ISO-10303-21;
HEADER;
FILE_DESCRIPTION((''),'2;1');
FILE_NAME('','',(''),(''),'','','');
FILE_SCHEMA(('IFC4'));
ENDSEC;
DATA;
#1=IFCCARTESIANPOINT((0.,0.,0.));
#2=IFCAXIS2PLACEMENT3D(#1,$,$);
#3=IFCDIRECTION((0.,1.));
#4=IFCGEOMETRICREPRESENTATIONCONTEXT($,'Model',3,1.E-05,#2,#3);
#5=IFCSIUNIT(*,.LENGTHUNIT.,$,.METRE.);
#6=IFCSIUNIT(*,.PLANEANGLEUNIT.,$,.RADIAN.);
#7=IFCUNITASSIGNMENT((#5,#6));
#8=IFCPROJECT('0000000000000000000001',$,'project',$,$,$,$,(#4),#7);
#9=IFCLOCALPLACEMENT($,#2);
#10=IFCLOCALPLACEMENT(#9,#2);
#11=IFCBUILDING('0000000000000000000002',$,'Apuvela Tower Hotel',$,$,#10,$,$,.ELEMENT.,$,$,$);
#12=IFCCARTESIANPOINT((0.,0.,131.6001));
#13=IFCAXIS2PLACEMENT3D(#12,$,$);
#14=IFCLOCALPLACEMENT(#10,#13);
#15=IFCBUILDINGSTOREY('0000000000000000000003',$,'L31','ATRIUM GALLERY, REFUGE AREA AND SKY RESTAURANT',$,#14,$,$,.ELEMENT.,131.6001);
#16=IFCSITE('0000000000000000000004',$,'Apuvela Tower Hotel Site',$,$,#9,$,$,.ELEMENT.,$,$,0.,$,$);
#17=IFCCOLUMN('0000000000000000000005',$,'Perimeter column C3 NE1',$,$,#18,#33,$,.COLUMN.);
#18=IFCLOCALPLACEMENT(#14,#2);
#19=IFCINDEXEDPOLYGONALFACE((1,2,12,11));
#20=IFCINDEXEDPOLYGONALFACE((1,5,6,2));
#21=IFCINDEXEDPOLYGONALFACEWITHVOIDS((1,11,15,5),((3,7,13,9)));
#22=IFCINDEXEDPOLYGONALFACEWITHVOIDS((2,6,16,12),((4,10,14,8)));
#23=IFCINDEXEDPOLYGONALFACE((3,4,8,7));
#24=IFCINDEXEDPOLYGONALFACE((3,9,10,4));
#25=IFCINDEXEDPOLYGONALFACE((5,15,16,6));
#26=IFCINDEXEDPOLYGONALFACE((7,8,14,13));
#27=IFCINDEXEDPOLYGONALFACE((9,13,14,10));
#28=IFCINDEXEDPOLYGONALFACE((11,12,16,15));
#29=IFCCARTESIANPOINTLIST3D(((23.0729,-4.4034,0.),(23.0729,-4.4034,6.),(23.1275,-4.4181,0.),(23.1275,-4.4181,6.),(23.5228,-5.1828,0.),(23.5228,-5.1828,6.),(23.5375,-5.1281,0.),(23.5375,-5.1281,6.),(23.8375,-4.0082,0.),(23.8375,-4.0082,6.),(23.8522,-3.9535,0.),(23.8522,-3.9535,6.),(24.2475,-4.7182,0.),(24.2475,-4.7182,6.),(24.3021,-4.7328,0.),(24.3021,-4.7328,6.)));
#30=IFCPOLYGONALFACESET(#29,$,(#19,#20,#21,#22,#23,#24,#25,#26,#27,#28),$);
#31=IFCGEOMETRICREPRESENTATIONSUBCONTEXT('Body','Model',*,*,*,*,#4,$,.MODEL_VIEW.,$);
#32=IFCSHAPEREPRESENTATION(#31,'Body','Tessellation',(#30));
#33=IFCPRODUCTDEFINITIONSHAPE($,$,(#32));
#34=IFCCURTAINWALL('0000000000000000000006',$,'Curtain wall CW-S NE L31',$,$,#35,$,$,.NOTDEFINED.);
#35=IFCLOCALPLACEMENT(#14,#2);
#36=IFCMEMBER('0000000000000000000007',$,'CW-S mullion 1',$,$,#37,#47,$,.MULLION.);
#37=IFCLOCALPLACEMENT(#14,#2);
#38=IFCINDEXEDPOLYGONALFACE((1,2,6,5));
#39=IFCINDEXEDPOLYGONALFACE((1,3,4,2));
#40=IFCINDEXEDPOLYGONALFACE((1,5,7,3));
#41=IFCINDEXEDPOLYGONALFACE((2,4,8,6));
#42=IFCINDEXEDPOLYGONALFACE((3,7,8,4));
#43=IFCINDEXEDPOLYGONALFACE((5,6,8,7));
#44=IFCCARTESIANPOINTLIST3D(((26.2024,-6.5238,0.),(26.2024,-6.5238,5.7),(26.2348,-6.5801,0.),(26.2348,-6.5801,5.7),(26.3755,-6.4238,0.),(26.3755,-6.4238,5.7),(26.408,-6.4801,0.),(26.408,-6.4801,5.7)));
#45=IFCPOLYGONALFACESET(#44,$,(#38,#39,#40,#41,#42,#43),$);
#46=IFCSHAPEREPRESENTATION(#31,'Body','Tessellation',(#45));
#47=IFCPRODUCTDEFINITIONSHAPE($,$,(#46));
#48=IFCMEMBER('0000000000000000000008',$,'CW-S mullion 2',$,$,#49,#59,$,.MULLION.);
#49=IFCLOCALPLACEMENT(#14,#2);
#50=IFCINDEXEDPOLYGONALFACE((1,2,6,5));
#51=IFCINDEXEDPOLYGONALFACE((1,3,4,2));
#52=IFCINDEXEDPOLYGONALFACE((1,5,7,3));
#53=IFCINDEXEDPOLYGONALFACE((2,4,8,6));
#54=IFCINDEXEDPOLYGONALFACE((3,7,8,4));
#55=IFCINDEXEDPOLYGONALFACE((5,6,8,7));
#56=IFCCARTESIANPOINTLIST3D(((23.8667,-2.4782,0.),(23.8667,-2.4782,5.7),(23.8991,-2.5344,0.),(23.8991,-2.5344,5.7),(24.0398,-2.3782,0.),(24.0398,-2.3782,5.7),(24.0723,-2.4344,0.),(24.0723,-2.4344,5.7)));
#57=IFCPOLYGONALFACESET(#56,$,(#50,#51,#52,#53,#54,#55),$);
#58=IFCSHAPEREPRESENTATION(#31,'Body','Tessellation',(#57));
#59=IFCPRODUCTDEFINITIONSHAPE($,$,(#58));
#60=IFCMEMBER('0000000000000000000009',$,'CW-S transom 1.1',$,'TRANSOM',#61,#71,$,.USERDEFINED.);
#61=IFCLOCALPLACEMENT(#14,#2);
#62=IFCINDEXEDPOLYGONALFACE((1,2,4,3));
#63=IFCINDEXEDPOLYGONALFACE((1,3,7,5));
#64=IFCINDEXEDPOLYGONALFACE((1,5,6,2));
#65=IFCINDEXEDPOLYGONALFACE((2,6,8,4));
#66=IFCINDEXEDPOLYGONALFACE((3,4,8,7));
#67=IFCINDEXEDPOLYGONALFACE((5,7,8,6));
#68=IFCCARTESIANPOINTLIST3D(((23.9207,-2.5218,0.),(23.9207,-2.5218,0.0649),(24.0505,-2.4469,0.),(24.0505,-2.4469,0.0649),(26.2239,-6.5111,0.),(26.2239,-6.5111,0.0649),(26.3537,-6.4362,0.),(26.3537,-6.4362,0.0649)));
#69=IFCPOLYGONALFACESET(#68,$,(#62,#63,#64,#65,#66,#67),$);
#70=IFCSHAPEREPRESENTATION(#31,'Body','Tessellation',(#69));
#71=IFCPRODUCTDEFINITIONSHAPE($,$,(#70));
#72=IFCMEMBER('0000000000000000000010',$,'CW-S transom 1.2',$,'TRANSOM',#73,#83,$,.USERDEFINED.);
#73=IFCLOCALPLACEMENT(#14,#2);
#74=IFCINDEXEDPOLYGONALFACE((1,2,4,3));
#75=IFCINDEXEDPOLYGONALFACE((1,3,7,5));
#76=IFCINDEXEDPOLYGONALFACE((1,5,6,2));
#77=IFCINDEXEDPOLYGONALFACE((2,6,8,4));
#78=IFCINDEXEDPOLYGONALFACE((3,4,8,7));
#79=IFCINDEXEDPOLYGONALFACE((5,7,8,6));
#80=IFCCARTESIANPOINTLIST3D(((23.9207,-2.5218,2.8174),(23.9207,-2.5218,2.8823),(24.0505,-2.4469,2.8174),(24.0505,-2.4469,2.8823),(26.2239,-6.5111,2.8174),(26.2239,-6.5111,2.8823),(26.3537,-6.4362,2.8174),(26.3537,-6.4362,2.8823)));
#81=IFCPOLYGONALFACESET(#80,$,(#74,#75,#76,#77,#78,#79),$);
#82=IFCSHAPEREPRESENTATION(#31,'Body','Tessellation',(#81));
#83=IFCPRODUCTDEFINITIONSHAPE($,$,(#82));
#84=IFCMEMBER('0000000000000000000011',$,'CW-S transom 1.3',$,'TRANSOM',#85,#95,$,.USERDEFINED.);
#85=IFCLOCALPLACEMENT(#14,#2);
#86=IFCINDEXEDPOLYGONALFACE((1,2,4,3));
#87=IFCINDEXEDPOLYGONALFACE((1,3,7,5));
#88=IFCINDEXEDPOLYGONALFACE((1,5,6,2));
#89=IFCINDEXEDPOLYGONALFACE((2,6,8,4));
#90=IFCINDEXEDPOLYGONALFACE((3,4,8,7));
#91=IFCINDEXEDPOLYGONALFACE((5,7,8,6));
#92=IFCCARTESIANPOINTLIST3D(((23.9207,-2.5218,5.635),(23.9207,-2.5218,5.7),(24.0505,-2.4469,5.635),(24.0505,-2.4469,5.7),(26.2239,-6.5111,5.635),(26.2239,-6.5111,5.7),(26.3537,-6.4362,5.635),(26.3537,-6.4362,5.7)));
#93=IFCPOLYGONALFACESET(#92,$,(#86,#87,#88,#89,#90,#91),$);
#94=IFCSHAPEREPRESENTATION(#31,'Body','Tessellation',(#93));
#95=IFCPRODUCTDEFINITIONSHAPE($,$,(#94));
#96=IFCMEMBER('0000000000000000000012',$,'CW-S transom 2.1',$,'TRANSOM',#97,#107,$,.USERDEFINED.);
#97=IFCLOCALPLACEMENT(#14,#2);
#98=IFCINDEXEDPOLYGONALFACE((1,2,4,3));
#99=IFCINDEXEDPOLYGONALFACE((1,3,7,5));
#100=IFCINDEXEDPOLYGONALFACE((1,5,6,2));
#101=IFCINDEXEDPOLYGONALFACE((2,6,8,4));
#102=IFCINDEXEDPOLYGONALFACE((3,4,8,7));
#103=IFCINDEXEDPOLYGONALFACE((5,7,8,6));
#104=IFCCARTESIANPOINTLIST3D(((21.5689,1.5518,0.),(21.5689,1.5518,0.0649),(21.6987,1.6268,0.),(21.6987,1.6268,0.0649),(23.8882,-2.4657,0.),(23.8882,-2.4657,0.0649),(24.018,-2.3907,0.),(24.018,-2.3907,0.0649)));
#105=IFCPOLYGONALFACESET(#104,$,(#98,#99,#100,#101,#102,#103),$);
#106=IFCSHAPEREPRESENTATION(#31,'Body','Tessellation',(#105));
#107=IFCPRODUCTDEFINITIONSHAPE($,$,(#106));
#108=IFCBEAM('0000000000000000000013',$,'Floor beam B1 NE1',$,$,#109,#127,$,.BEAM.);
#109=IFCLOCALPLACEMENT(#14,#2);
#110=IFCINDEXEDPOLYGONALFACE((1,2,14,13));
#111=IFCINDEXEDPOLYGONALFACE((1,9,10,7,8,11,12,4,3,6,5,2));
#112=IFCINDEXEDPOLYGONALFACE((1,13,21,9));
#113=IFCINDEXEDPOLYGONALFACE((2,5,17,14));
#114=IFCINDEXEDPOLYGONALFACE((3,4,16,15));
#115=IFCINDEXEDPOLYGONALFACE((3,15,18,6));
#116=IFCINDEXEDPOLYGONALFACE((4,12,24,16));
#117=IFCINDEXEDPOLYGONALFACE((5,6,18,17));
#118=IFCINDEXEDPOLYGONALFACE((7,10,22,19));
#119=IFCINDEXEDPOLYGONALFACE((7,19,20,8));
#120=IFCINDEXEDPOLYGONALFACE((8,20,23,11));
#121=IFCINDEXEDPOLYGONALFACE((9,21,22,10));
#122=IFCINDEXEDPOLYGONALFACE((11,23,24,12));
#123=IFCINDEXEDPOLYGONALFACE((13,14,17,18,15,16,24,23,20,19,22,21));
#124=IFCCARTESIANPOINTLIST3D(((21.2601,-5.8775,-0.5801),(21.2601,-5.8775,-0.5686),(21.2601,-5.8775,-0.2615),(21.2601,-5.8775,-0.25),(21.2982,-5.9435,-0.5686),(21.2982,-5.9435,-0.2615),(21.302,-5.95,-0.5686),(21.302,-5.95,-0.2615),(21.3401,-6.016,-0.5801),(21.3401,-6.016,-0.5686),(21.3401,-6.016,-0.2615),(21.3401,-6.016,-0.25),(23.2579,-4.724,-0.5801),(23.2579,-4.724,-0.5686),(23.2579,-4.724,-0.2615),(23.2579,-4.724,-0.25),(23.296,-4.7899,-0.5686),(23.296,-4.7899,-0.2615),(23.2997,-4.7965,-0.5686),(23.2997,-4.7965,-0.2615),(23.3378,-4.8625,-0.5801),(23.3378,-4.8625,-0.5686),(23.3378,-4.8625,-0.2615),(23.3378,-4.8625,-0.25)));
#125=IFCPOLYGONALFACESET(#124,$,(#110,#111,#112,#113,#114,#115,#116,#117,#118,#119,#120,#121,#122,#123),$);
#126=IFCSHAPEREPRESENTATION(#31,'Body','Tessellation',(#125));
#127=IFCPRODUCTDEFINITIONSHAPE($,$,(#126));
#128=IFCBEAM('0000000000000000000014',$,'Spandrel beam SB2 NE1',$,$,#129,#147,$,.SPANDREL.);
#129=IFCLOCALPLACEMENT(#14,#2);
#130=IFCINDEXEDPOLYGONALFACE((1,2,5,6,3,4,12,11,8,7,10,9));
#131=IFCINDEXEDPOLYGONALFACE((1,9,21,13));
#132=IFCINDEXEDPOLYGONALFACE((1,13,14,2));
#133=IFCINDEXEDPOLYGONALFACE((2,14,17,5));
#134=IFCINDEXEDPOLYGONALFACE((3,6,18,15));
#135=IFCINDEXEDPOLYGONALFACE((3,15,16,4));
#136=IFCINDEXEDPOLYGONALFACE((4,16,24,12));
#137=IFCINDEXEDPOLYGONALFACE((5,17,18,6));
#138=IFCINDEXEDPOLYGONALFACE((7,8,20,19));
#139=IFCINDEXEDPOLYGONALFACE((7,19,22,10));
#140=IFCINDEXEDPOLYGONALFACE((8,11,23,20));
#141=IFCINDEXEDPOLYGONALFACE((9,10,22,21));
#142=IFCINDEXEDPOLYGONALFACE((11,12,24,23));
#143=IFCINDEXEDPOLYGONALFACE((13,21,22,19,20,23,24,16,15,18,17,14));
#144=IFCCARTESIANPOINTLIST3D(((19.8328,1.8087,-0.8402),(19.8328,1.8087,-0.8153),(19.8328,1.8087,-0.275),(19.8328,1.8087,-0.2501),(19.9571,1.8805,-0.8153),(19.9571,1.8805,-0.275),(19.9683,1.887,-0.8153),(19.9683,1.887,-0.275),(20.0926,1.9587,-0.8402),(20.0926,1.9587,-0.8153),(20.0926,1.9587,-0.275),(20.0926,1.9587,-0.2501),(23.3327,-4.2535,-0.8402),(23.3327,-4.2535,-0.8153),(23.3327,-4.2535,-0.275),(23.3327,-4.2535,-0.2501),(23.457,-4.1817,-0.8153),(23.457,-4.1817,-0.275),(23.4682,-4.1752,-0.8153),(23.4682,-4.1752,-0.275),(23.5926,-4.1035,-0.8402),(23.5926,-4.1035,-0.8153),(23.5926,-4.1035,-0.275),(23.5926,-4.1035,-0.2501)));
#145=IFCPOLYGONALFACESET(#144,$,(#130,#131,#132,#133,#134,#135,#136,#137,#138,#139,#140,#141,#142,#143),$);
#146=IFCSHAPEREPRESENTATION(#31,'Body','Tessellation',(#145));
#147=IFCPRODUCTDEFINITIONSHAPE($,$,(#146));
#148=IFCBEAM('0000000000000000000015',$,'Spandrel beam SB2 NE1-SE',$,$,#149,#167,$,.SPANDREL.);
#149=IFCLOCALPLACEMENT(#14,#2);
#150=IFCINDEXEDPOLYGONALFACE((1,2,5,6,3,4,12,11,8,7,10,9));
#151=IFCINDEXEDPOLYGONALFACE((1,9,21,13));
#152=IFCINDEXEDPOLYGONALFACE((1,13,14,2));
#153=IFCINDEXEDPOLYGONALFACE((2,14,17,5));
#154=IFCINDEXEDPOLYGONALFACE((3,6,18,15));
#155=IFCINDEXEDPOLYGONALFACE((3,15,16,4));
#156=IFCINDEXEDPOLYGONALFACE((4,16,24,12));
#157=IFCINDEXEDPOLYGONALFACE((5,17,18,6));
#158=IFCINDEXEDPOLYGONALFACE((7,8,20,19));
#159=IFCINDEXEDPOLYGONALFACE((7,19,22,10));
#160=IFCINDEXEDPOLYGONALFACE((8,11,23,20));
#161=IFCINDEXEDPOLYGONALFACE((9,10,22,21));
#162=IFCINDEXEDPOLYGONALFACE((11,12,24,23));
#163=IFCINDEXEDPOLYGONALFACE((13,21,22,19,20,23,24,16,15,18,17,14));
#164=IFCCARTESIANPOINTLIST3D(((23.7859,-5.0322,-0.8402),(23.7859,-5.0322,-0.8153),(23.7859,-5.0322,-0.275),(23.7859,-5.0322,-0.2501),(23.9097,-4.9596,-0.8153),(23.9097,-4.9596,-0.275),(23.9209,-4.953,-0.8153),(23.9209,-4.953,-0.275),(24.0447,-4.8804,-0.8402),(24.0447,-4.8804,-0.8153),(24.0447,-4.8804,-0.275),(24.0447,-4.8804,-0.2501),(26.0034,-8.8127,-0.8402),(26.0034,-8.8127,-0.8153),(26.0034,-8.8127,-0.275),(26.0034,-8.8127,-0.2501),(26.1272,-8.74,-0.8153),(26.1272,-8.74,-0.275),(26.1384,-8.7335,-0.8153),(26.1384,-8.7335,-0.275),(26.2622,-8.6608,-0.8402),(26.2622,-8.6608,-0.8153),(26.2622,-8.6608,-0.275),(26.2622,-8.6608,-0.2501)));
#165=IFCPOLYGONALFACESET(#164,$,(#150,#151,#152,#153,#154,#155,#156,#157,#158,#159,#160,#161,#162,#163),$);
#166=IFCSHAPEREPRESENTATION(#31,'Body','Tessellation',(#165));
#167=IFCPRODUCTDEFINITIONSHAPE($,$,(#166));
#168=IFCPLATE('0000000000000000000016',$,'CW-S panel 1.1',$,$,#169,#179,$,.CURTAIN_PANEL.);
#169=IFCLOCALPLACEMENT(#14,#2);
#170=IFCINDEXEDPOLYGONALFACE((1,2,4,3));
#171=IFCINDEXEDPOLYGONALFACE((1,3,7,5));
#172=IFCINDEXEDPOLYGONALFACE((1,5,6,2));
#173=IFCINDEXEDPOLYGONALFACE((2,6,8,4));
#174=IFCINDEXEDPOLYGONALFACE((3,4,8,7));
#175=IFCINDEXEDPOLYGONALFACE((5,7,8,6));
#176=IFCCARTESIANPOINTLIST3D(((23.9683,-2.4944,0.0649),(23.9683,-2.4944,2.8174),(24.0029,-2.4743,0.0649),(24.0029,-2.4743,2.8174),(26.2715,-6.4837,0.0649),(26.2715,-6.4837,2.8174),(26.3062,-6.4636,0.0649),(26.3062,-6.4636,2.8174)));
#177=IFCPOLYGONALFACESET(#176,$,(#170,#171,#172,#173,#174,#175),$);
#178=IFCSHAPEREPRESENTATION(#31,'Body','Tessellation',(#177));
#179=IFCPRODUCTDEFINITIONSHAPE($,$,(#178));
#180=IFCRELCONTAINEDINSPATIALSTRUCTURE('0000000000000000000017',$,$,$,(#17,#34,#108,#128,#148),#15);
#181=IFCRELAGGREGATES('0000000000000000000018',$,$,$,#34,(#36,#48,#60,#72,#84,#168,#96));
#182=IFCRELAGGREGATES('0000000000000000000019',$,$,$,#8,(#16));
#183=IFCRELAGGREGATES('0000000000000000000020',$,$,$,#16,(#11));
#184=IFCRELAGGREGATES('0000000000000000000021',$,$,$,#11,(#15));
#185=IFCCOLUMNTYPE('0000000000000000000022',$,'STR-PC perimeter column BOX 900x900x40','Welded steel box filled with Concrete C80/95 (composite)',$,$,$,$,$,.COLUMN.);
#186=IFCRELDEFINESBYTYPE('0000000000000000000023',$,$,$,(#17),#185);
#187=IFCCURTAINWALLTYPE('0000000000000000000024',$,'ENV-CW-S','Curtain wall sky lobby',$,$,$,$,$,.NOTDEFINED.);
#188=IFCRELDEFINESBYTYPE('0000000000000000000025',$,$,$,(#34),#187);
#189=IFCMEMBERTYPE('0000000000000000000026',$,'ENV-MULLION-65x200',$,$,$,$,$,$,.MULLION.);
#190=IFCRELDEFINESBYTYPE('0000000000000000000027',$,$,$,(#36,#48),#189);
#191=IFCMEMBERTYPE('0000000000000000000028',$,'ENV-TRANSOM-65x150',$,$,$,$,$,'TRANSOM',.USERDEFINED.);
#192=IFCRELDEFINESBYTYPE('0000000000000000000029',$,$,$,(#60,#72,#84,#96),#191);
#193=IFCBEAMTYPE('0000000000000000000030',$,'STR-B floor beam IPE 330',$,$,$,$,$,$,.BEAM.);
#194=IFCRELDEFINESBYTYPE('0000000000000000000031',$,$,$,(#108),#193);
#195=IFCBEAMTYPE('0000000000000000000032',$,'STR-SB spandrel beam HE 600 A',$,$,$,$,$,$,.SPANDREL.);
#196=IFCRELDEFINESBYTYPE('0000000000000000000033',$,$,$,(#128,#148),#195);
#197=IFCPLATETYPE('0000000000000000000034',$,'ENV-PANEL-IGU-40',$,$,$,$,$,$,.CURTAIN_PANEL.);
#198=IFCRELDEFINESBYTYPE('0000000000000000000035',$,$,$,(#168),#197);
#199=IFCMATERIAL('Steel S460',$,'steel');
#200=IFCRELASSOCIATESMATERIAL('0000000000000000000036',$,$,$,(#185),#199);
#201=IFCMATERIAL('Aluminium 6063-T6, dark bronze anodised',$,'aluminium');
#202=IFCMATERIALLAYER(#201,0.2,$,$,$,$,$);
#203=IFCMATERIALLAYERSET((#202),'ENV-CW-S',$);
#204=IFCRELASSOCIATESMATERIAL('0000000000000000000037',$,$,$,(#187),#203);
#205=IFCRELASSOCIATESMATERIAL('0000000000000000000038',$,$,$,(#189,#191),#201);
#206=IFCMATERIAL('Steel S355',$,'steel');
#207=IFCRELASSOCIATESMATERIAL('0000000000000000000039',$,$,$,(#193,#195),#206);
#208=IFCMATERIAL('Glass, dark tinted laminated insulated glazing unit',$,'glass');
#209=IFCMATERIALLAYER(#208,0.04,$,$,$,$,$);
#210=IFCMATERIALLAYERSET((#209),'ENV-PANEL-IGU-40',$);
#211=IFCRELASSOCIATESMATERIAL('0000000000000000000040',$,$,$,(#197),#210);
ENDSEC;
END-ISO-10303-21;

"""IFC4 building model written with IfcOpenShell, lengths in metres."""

from ifc_helpers import new_model, si_unit, direction, frame, origin, origin_2d, place, context, subcontext, project, spatial, rectangle, hollow_rectangle, i_section, extrude, material, layer, layer_set, material_profile, profile_set, type_object, element, aggregate, save


model = new_model("IFC4")

# Units and contexts
model_context = context("Model", 3, precision=1e-05, world=origin(), true_north=direction((0.0, 1.0)))
body_context = subcontext(model_context, "Body", "Model", "MODEL_VIEW")
ifc_project = project(units=[si_unit("LENGTHUNIT", "METRE"), si_unit("PLANEANGLEUNIT", "RADIAN")], contexts=[model_context])

# Site, building, storey
site_placement = place(None, origin())
site = spatial("IfcSite", under=ifc_project, at=site_placement, Name="Apuvela Tower Hotel Site", CompositionType="ELEMENT", RefElevation=0.0)
building_placement = place(site_placement, origin())
building = spatial("IfcBuilding", under=site, at=building_placement, Name="Apuvela Tower Hotel", CompositionType="ELEMENT")
storey_placement = place(building_placement, frame((0.0, 0.0, 131.6001)))
storey = spatial("IfcBuildingStorey", under=building, at=storey_placement, Name="L31", Description="ATRIUM GALLERY, REFUGE AREA AND SKY RESTAURANT", CompositionType="ELEMENT", Elevation=131.6001)

# Column
ifc_material_1 = material(Name="Steel S460", Category="steel")
ifc_material_profile_1 = material_profile(ifc_material_1, hollow_rectangle(XDim=0.8999, YDim=0.8999, WallThickness=0.04, at=origin_2d()), Name="BOX 900x900x40")
ifc_material_2 = material(Name="Concrete C80/95", Category="concrete")
ifc_material_profile_2 = material_profile(ifc_material_2, rectangle(XDim=0.8201, YDim=0.8201, at=origin_2d()), Name="Concrete C80/95 infill")
ifc_profile_set_1 = profile_set([ifc_material_profile_1, ifc_material_profile_2], Name="Steel S460")
column_type = type_object("IfcColumnType", Name="STR-PC perimeter column BOX 900x900x40", Description="Welded steel box filled with Concrete C80/95 (composite)", PredefinedType="COLUMN", material=ifc_profile_set_1)
column_placement = place(storey_placement, frame((23.6875, -4.5681, 0.0), z_axis=(0.0, 0.0, 1.0), x_axis=(-0.5, 0.866025, 0.0)))
element("IfcColumn", 1, at=column_placement, inside=storey, type_object=column_type, Name="Perimeter column C3 NE1", PredefinedType="COLUMN", context=body_context, shape_type="SweptSolid", body=[
    extrude(hollow_rectangle(XDim=0.8999, YDim=0.8999, WallThickness=0.04, at=origin_2d()), origin(), (0.0, 0.0, 1.0), 6.0),
])

# Curtain wall, members
ifc_material_3 = material(Name="Aluminium 6063-T6, dark bronze anodised", Category="aluminium")
ifc_layer_1 = layer(ifc_material_3, 0.2)
ifc_layer_set_1 = layer_set([ifc_layer_1], Name="ENV-CW-S")
curtain_wall_type = type_object("IfcCurtainWallType", Name="ENV-CW-S", Description="Curtain wall sky lobby", PredefinedType="NOTDEFINED", material=ifc_layer_set_1)
curtain_wall_placement = place(storey_placement, origin())
curtain_wall = element("IfcCurtainWall", 2, at=curtain_wall_placement, inside=storey, type_object=curtain_wall_type, Name="Curtain wall CW-S NE L31", PredefinedType="NOTDEFINED")
ifc_material_profile_3 = material_profile(ifc_material_3, rectangle(XDim=0.2, YDim=0.0649, at=origin_2d()), Name="AL 65x200")
ifc_profile_set_2 = profile_set([ifc_material_profile_3], Name="Aluminium 6063-T6, dark bronze anodised")
member_type_1 = type_object("IfcMemberType", Name="ENV-MULLION-65x200", PredefinedType="MULLION", material=ifc_profile_set_2)
member_1_placement = place(storey_placement, frame((26.3052, -6.502, 0.0), z_axis=(0.0, 0.0, 1.0), x_axis=(-0.866026, -0.499999, 0.0)))
member_1 = element("IfcMember", 3, at=member_1_placement, type_object=member_type_1, Name="CW-S mullion 1", PredefinedType="MULLION", context=body_context, shape_type="SweptSolid", body=[
    extrude(rectangle(XDim=0.2, YDim=0.0649, at=origin_2d()), origin(), (0.0, 0.0, 1.0), 5.7),
])
member_2_placement = place(storey_placement, frame((23.9695, -2.4563, 0.0), z_axis=(0.0, 0.0, 1.0), x_axis=(-0.866026, -0.499999, 0.0)))
member_2 = element("IfcMember", 4, at=member_2_placement, type_object=member_type_1, Name="CW-S mullion 2", PredefinedType="MULLION", context=body_context, shape_type="SweptSolid", body=[
    extrude(rectangle(XDim=0.2, YDim=0.0649, at=origin_2d()), origin(), (0.0, 0.0, 1.0), 5.7),
])
ifc_material_profile_4 = material_profile(ifc_material_3, rectangle(XDim=0.1499, YDim=0.0649, at=origin_2d()), Name="AL 65x150 transom")
ifc_profile_set_3 = profile_set([ifc_material_profile_4], Name="Aluminium 6063-T6, dark bronze anodised")
member_type_2 = type_object("IfcMemberType", Name="ENV-TRANSOM-65x150", ElementType="TRANSOM", PredefinedType="USERDEFINED", material=ifc_profile_set_3)
member_3_placement = place(storey_placement, frame((26.2888, -6.4736, 0.0325), z_axis=(-0.500004, 0.866023, 0.0), x_axis=(-0.866023, -0.500004, 0.0)))
member_3 = element("IfcMember", 5, at=member_3_placement, type_object=member_type_2, Name="CW-S transom 1.1", ObjectType="TRANSOM", PredefinedType="USERDEFINED", context=body_context, shape_type="SweptSolid", body=[
    extrude(rectangle(XDim=0.1499, YDim=0.0649, at=origin_2d()), origin(), (0.0, 0.0, 1.0), 4.6064),
])
member_4_placement = place(storey_placement, frame((26.2888, -6.4736, 2.8499), z_axis=(-0.500004, 0.866023, 0.0), x_axis=(-0.866023, -0.500004, 0.0)))
member_4 = element("IfcMember", 6, at=member_4_placement, type_object=member_type_2, Name="CW-S transom 1.2", ObjectType="TRANSOM", PredefinedType="USERDEFINED", context=body_context, shape_type="SweptSolid", body=[
    extrude(rectangle(XDim=0.1499, YDim=0.0649, at=origin_2d()), origin(), (0.0, 0.0, 1.0), 4.6064),
])
member_5_placement = place(storey_placement, frame((26.2888, -6.4736, 5.6675), z_axis=(-0.500004, 0.866023, 0.0), x_axis=(-0.866023, -0.500004, 0.0)))
member_5 = element("IfcMember", 7, at=member_5_placement, type_object=member_type_2, Name="CW-S transom 1.3", ObjectType="TRANSOM", PredefinedType="USERDEFINED", context=body_context, shape_type="SweptSolid", body=[
    extrude(rectangle(XDim=0.1499, YDim=0.0649, at=origin_2d()), origin(), (0.0, 0.0, 1.0), 4.6064),
])
member_6_placement = place(storey_placement, frame((23.9531, -2.4282, 0.0325), z_axis=(-0.499965, 0.866045, 0.0), x_axis=(-0.866045, -0.499965, 0.0)))
member_6 = element("IfcMember", 8, at=member_6_placement, type_object=member_type_2, Name="CW-S transom 2.1", ObjectType="TRANSOM", PredefinedType="USERDEFINED", context=body_context, shape_type="SweptSolid", body=[
    extrude(rectangle(XDim=0.1499, YDim=0.0649, at=origin_2d()), origin(), (0.0, 0.0, 1.0), 4.6389),
])

# Beams
ifc_material_4 = material(Name="Steel S355", Category="steel")
ifc_material_profile_5 = material_profile(ifc_material_4, i_section(OverallWidth=0.1599, OverallDepth=0.3301, WebThickness=0.0076, FlangeThickness=0.0115, at=origin_2d()), Name="IPE 330")
ifc_profile_set_4 = profile_set([ifc_material_profile_5], Name="Steel S355")
beam_type_1 = type_object("IfcBeamType", Name="STR-B floor beam IPE 330", PredefinedType="BEAM", material=ifc_profile_set_4)
beam_1_placement = place(storey_placement, frame((23.2979, -4.7932, -0.415), z_axis=(-0.866001, -0.500043, 0.0), x_axis=(0.500043, -0.866001, 0.0)))
element("IfcBeam", 9, at=beam_1_placement, inside=storey, type_object=beam_type_1, Name="Floor beam B1 NE1", PredefinedType="BEAM", context=body_context, shape_type="SweptSolid", body=[
    extrude(i_section(OverallWidth=0.1599, OverallDepth=0.3301, WebThickness=0.0076, FlangeThickness=0.0115, at=origin_2d()), origin(), (0.0, 0.0, 1.0), 2.3069),
])
ifc_material_profile_6 = material_profile(ifc_material_4, i_section(OverallWidth=0.3, OverallDepth=0.5901, WebThickness=0.0129, FlangeThickness=0.0249, at=origin_2d()), Name="HE 600 A")
ifc_profile_set_5 = profile_set([ifc_material_profile_6], Name="Steel S355")
beam_type_2 = type_object("IfcBeamType", Name="STR-SB spandrel beam HE 600 A", PredefinedType="SPANDREL", material=ifc_profile_set_5)
beam_2_placement = place(storey_placement, frame((23.4626, -4.1785, -0.5452), z_axis=(-0.499995, 0.866028, 0.0), x_axis=(-0.866028, -0.499995, 0.0)))
element("IfcBeam", 10, at=beam_2_placement, inside=storey, type_object=beam_type_2, Name="Spandrel beam SB2 NE1", PredefinedType="SPANDREL", context=body_context, shape_type="SweptSolid", body=[
    extrude(i_section(OverallWidth=0.3, OverallDepth=0.5901, WebThickness=0.0129, FlangeThickness=0.0249, at=origin_2d()), origin(), (0.0, 0.0, 1.0), 7.0),
])
beam_3_placement = place(storey_placement, frame((23.9153, -4.9563, -0.5452), z_axis=(0.505951, -0.862562, 0.0), x_axis=(0.862562, 0.505951, 0.0)))
element("IfcBeam", 11, at=beam_3_placement, inside=storey, type_object=beam_type_2, Name="Spandrel beam SB2 NE1-SE", PredefinedType="SPANDREL", context=body_context, shape_type="SweptSolid", body=[
    extrude(i_section(OverallWidth=0.3, OverallDepth=0.5901, WebThickness=0.0129, FlangeThickness=0.0249, at=origin_2d()), origin(), (0.0, 0.0, 1.0), 4.3828),
])

# Plate
ifc_material_5 = material(Name="Glass, dark tinted laminated insulated glazing unit", Category="glass")
ifc_layer_2 = layer(ifc_material_5, 0.04)
ifc_layer_set_2 = layer_set([ifc_layer_2], Name="ENV-PANEL-IGU-40")
plate_type = type_object("IfcPlateType", Name="ENV-PANEL-IGU-40", PredefinedType="CURTAIN_PANEL", material=ifc_layer_set_2)
plate_1_placement = place(storey_placement, frame((25.1372, -4.479, 0.0649), z_axis=(0.0, 0.0, 1.0), x_axis=(-0.499999, 0.866026, 0.0)))
plate_1 = element("IfcPlate", 12, at=plate_1_placement, type_object=plate_type, Name="CW-S panel 1.1", PredefinedType="CURTAIN_PANEL", context=body_context, shape_type="SweptSolid", body=[
    extrude(rectangle(XDim=4.6064, YDim=0.04, at=origin_2d()), origin(), (0.0, 0.0, 1.0), 2.7524),
])
aggregate(curtain_wall, [member_1, member_2, member_3, member_4, member_5, plate_1, member_6])

save(model, "model.ifc")
